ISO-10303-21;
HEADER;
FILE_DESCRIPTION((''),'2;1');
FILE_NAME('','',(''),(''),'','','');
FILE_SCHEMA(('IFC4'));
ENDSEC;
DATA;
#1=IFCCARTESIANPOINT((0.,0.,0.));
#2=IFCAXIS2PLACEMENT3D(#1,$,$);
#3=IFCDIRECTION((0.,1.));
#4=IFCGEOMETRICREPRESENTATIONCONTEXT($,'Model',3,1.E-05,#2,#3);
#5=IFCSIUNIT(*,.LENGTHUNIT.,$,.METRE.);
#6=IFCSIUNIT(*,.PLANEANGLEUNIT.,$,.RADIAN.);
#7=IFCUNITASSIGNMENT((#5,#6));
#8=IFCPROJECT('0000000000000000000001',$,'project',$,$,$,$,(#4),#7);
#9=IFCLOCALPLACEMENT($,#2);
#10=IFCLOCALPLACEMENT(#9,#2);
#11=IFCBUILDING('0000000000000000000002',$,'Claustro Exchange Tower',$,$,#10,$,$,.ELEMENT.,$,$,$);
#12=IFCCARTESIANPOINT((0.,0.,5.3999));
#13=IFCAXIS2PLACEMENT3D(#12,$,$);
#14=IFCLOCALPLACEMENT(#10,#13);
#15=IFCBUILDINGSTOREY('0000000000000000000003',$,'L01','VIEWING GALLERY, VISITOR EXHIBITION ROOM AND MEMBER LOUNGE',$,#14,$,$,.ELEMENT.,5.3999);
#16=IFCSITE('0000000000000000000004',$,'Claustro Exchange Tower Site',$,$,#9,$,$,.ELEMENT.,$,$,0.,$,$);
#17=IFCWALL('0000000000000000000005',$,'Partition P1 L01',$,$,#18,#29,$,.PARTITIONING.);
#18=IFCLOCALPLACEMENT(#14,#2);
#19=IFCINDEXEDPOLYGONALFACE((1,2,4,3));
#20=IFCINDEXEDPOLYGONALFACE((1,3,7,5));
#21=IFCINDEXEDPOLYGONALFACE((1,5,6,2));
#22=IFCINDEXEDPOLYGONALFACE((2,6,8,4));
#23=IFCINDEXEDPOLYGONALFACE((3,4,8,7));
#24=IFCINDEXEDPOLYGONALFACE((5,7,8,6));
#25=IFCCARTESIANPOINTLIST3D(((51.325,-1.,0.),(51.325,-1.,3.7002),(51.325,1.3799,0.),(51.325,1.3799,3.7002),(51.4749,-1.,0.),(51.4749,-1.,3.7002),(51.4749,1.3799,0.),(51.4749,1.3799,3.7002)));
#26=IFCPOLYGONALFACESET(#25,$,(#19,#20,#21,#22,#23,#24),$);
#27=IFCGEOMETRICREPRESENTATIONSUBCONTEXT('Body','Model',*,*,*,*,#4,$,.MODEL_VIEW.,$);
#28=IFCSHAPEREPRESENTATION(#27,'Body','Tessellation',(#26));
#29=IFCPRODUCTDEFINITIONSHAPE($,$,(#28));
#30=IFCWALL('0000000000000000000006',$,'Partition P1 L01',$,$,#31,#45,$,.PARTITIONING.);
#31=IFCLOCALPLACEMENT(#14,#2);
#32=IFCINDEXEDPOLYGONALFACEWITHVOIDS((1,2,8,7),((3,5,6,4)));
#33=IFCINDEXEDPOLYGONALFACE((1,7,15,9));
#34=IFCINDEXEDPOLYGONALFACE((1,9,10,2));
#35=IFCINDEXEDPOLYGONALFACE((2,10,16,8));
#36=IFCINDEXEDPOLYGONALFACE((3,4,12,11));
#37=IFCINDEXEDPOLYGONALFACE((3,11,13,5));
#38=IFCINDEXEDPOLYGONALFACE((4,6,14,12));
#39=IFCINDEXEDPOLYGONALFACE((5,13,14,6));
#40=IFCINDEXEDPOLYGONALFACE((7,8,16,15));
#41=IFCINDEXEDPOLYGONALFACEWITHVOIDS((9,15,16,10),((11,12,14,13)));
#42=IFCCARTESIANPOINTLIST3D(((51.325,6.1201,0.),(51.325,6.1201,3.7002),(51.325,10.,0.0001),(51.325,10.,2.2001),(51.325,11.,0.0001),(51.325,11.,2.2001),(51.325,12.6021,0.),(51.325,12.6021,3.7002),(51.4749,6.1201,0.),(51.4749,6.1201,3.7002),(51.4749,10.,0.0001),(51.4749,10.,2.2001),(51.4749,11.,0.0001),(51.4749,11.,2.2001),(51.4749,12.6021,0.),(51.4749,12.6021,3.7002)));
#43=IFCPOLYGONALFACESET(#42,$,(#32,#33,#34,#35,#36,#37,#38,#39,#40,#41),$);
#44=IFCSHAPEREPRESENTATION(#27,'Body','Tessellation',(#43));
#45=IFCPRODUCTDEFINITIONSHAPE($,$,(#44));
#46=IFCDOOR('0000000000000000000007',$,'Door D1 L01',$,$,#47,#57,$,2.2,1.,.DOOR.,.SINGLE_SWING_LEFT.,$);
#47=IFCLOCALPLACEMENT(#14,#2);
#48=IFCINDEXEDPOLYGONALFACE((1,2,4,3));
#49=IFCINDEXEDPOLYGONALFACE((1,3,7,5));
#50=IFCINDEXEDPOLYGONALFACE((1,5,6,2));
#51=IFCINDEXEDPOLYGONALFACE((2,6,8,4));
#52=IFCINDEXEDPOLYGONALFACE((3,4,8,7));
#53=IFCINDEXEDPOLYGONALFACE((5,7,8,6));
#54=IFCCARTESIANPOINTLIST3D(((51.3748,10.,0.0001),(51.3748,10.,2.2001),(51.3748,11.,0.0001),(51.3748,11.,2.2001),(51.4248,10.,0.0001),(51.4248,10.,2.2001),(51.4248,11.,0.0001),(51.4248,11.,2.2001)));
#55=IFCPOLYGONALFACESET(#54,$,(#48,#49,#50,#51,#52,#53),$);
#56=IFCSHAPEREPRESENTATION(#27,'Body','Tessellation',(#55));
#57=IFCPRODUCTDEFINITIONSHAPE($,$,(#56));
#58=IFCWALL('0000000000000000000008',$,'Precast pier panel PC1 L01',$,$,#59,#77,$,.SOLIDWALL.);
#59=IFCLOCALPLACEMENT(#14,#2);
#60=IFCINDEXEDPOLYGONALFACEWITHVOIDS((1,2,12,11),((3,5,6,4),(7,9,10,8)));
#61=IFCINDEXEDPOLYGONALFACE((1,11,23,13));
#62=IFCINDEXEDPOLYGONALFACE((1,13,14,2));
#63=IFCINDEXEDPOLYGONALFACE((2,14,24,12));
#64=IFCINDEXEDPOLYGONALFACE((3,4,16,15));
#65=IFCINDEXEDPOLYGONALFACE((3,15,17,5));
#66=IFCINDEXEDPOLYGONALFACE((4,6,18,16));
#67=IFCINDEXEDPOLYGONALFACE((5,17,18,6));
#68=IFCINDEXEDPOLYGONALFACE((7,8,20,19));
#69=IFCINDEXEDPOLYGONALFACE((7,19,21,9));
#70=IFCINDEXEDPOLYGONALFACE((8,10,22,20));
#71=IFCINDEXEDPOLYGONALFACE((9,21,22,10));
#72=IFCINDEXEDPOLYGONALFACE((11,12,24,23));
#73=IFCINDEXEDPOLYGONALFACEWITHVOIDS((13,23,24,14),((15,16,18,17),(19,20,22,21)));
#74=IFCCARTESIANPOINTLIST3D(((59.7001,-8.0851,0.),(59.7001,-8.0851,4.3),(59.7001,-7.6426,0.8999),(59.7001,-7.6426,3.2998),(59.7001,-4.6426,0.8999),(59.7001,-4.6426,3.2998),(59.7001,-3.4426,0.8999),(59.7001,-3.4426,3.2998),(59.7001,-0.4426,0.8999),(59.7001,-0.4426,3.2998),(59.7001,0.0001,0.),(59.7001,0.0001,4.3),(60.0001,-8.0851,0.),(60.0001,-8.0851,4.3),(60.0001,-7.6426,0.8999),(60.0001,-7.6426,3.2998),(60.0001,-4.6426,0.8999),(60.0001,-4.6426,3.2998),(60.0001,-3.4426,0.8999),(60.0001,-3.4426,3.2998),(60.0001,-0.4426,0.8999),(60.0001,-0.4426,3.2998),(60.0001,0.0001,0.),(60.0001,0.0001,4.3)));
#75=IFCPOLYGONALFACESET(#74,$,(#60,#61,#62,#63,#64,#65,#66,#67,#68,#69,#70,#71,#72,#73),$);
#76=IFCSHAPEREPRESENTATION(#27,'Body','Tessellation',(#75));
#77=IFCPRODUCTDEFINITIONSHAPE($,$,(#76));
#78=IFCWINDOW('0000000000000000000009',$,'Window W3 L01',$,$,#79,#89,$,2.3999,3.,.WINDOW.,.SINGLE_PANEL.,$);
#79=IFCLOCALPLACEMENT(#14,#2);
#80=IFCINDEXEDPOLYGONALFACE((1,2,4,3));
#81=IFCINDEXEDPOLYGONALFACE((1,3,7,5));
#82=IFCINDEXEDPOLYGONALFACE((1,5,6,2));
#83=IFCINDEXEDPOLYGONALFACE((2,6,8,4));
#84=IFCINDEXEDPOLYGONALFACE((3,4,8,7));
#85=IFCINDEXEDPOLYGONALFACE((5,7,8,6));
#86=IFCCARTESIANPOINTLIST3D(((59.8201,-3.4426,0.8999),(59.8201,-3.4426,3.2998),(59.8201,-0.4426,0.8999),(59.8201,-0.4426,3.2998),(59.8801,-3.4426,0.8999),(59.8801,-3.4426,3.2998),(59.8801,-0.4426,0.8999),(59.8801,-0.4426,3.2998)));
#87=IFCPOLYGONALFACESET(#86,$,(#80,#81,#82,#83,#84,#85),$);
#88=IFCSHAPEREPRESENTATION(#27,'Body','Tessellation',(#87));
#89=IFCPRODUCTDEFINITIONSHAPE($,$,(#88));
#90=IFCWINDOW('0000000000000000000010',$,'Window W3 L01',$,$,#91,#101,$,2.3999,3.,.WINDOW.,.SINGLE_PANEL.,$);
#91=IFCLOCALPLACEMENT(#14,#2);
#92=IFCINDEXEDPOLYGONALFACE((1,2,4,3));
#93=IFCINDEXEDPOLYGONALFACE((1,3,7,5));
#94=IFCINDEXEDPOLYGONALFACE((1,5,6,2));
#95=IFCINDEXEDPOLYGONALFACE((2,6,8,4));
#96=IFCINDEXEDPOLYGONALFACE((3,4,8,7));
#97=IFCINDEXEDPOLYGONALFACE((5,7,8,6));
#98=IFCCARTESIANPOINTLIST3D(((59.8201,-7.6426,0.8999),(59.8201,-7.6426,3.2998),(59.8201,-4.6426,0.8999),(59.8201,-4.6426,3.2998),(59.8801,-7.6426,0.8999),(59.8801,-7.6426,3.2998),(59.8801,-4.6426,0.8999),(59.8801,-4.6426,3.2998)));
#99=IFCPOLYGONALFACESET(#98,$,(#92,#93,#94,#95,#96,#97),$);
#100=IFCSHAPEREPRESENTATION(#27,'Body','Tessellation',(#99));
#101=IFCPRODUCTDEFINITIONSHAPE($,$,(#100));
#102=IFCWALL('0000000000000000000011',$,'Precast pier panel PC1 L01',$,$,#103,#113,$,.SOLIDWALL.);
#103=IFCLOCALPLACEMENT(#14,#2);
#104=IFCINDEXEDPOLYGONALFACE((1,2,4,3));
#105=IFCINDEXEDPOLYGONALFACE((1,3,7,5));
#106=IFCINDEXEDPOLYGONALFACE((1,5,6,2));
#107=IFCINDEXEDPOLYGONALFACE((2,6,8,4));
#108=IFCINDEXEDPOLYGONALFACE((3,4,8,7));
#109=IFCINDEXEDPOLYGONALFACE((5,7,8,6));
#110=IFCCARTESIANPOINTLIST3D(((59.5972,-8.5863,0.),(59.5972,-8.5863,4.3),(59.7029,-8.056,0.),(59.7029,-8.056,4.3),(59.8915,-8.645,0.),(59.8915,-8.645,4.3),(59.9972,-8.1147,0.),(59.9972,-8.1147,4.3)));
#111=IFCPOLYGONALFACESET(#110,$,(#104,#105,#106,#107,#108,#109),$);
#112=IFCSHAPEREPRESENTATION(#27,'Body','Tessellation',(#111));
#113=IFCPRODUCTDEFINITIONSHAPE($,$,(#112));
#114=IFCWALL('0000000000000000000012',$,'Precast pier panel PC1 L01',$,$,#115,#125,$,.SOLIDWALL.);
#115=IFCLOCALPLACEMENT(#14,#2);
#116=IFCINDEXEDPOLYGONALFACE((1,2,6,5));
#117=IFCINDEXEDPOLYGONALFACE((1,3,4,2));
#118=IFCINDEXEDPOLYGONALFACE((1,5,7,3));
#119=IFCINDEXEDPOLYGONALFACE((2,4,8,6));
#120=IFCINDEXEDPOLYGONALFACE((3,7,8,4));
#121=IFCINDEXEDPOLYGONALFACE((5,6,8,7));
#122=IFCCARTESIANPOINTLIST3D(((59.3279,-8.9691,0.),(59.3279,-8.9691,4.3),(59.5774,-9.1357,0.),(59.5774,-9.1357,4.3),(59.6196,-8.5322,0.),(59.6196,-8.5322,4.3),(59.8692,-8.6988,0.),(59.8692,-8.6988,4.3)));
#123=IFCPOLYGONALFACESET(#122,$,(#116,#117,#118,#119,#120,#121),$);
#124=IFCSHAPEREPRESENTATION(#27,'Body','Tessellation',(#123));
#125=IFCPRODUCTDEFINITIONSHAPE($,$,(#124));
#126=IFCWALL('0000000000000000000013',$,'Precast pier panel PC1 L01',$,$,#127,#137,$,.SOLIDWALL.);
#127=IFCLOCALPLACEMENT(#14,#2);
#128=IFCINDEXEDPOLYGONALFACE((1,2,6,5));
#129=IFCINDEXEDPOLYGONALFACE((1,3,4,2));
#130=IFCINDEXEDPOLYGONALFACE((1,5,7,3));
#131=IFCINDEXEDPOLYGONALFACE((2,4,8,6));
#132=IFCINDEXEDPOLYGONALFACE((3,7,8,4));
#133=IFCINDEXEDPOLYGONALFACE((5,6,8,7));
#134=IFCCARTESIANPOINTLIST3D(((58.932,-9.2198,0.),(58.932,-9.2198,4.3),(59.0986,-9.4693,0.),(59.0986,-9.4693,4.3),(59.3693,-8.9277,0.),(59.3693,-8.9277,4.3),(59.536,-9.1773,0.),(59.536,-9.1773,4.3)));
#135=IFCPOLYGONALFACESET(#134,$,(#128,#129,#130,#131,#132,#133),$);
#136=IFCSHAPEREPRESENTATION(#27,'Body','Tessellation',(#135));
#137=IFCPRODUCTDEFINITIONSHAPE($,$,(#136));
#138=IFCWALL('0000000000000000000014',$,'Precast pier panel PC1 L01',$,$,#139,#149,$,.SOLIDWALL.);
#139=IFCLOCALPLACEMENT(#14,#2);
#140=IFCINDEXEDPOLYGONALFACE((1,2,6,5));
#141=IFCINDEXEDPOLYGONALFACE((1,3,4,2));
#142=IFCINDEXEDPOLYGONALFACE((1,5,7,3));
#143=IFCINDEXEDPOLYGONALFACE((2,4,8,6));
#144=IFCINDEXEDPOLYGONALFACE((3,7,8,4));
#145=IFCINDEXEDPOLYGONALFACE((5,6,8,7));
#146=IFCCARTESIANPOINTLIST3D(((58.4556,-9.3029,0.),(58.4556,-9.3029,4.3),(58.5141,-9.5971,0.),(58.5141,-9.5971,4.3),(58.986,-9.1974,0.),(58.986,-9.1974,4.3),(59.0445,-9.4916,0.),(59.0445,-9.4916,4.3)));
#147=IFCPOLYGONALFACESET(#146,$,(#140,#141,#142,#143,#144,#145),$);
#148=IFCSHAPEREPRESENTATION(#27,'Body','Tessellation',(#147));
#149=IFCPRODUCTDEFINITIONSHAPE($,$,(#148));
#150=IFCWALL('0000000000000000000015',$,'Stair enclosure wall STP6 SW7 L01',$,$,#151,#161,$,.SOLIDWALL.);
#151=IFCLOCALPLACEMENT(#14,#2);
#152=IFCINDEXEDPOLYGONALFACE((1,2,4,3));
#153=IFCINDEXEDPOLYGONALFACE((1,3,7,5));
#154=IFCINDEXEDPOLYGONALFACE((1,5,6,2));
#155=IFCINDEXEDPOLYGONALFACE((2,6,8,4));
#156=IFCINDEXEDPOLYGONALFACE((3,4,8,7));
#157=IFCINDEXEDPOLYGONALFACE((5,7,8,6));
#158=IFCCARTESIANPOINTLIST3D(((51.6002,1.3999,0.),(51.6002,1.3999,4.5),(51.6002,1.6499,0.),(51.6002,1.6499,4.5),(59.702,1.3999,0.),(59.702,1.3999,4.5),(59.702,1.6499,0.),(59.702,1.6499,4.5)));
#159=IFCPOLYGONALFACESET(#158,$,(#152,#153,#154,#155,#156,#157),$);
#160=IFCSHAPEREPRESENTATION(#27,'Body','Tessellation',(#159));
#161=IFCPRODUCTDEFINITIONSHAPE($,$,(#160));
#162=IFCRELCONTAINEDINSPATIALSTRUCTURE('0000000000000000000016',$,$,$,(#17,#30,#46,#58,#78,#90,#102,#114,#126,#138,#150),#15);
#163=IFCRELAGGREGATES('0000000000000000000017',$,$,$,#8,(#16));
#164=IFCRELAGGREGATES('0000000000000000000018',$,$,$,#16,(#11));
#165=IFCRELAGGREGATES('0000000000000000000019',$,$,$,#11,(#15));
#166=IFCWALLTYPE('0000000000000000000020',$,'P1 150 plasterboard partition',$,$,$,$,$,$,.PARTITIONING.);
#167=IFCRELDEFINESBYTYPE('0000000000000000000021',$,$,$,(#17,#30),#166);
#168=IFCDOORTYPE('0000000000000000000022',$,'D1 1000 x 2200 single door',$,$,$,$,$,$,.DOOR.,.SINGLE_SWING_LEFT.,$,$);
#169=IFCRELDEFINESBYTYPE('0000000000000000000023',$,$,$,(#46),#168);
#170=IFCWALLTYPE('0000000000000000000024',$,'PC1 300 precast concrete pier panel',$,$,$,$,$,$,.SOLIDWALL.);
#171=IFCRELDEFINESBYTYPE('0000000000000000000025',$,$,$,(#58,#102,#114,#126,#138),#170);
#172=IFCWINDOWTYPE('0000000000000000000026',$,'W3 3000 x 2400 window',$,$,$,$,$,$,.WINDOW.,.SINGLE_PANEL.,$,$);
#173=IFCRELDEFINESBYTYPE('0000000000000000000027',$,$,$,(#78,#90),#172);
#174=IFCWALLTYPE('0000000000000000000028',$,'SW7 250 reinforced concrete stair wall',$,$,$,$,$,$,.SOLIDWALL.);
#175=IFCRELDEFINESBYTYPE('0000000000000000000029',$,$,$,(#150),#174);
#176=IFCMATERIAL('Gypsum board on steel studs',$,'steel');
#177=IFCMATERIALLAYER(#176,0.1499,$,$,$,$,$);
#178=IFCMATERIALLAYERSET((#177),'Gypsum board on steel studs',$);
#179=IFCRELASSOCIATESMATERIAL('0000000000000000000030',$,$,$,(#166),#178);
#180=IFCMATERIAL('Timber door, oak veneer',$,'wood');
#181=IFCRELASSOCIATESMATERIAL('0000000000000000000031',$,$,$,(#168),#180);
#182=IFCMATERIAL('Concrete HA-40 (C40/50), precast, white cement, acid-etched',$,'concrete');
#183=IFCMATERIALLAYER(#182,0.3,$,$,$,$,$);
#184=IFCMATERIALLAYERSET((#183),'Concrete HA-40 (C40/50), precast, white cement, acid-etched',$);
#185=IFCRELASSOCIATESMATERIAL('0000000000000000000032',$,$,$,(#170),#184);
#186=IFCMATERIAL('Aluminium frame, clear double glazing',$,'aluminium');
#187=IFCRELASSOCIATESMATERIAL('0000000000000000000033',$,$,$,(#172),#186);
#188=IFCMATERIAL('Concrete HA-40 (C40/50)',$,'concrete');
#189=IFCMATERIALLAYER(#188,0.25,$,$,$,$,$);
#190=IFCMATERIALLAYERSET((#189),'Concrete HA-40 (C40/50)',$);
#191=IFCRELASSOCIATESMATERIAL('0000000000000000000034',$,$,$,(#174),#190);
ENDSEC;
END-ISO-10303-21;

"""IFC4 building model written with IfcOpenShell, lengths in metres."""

from ifc_helpers import new_model, si_unit, direction, frame, frame_2d, origin, place, context, subcontext, project, spatial, rectangle, extrude, material, layer, layer_set, type_object, element, fill, save


model = new_model("IFC4")

# Units and contexts
model_context = context("Model", 3, precision=1e-05, world=origin(), true_north=direction((0.0, 1.0)))
body_context = subcontext(model_context, "Body", "Model", "MODEL_VIEW")
ifc_project = project(units=[si_unit("LENGTHUNIT", "METRE"), si_unit("PLANEANGLEUNIT", "RADIAN")], contexts=[model_context])

# Site, building, storey
site_placement = place(None, origin())
site = spatial("IfcSite", under=ifc_project, at=site_placement, Name="Claustro Exchange Tower Site", CompositionType="ELEMENT", RefElevation=0.0)
building_placement = place(site_placement, origin())
building = spatial("IfcBuilding", under=site, at=building_placement, Name="Claustro Exchange Tower", CompositionType="ELEMENT")
storey_placement = place(building_placement, frame((0.0, 0.0, 5.3999)))
storey = spatial("IfcBuildingStorey", under=building, at=storey_placement, Name="L01", Description="VIEWING GALLERY, VISITOR EXHIBITION ROOM AND MEMBER LOUNGE", CompositionType="ELEMENT", Elevation=5.3999)

# Shared definitions
ifc_material_1 = material(Name="Gypsum board on steel studs", Category="steel")
ifc_layer_1 = layer(ifc_material_1, 0.1499)
ifc_layer_set_1 = layer_set([ifc_layer_1], Name="Gypsum board on steel studs")
wall_type_1 = type_object("IfcWallType", Name="P1 150 plasterboard partition", PredefinedType="PARTITIONING", material=ifc_layer_set_1)
ifc_material_2 = material(Name="Timber door, oak veneer", Category="wood")
door_type_1 = type_object("IfcDoorType", Name="D1 1000 x 2200 single door", OperationType="SINGLE_SWING_LEFT", PredefinedType="DOOR", material=ifc_material_2)

# Wall
wall_1_placement = place(storey_placement, frame((51.3999, -1.0, 0.0), z_axis=(0.0, 0.0, 1.0), x_axis=(0.0, 1.0, 0.0)))
element("IfcWall", 1, at=wall_1_placement, inside=storey, type_object=wall_type_1, Name="Partition P1 L01", PredefinedType="PARTITIONING", context=body_context, shape_type="SweptSolid", body=[
    extrude(rectangle(XDim=2.3799, YDim=0.1499, at=frame_2d((1.1899, 0.0))), origin(), (0.0, 0.0, 1.0), 3.7002),
])

# Wall, opening, door
wall_2_placement = place(storey_placement, frame((51.3999, 6.1201, 0.0), z_axis=(0.0, 0.0, 1.0), x_axis=(0.0, 1.0, 0.0)))
wall_2 = element("IfcWall", 2, at=wall_2_placement, inside=storey, type_object=wall_type_1, Name="Partition P1 L01", PredefinedType="PARTITIONING", context=body_context, shape_type="SweptSolid", body=[
    extrude(rectangle(XDim=6.4819, YDim=0.1499, at=frame_2d((3.241, 0.0))), origin(), (0.0, 0.0, 1.0), 3.7002),
])
opening_1_placement = place(wall_2_placement, frame((3.8799, 0.0, 0.0)))
opening_1 = element("IfcOpeningElement", 3, at=opening_1_placement, cuts=wall_2, PredefinedType="OPENING", context=body_context, shape_type="SweptSolid", body=[
    extrude(rectangle(XDim=1.0, YDim=2.2, at=frame_2d((0.5, 1.1001))), frame((0.0, 0.085, 0.0), z_axis=(0.0, -1.0, 0.0), x_axis=(1.0, 0.0, 0.0)), (0.0, 0.0, 1.0), 0.1699),
])
door_1_placement = place(opening_1_placement, frame((1.0, 0.0, 0.0), z_axis=(0.0, 0.0, 1.0), x_axis=(-1.0, 0.0, 0.0)))
door_1 = element("IfcDoor", 4, at=door_1_placement, inside=storey, type_object=door_type_1, Name="Door D1 L01", OperationType="SINGLE_SWING_LEFT", OverallHeight=2.2, OverallWidth=1.0, PredefinedType="DOOR", context=body_context, shape_type="SweptSolid", body=[
    extrude(rectangle(XDim=1.0, YDim=2.2, at=frame_2d((0.5, 1.1001))), frame((0.0, 0.0249, 0.0), z_axis=(0.0, -1.0, 0.0), x_axis=(1.0, 0.0, 0.0)), (0.0, 0.0, 1.0), 0.05),
])
fill(opening_1, door_1)

# Wall, openings, windows
ifc_material_3 = material(Name="Concrete HA-40 (C40/50), precast, white cement, acid-etched", Category="concrete")
ifc_layer_2 = layer(ifc_material_3, 0.3)
ifc_layer_set_2 = layer_set([ifc_layer_2], Name="Concrete HA-40 (C40/50), precast, white cement, acid-etched")
wall_type_2 = type_object("IfcWallType", Name="PC1 300 precast concrete pier panel", PredefinedType="SOLIDWALL", material=ifc_layer_set_2)
wall_3_placement = place(storey_placement, frame((59.8501, 0.0, 0.0), z_axis=(0.0, 0.0, 1.0), x_axis=(0.0, -1.0, 0.0)))
wall_3 = element("IfcWall", 5, at=wall_3_placement, inside=storey, type_object=wall_type_2, Name="Precast pier panel PC1 L01", PredefinedType="SOLIDWALL", context=body_context, shape_type="SweptSolid", body=[
    extrude(rectangle(XDim=8.0852, YDim=0.3, at=frame_2d((4.0425, 0.0))), origin(), (0.0, 0.0, 1.0), 4.3),
])
opening_2_placement = place(wall_3_placement, frame((0.4426, 0.0, 0.8999)))
opening_2 = element("IfcOpeningElement", 6, at=opening_2_placement, cuts=wall_3, PredefinedType="OPENING", context=body_context, shape_type="SweptSolid", body=[
    extrude(rectangle(XDim=3.0, YDim=2.3999, at=frame_2d((1.5, 1.2))), frame((0.0, 0.1599, 0.0), z_axis=(0.0, -1.0, 0.0), x_axis=(1.0, 0.0, 0.0)), (0.0, 0.0, 1.0), 0.3201),
])
opening_3_placement = place(wall_3_placement, frame((4.6426, 0.0, 0.8999)))
opening_3 = element("IfcOpeningElement", 7, at=opening_3_placement, cuts=wall_3, PredefinedType="OPENING", context=body_context, shape_type="SweptSolid", body=[
    extrude(rectangle(XDim=3.0, YDim=2.3999, at=frame_2d((1.5, 1.2))), frame((0.0, 0.1599, 0.0), z_axis=(0.0, -1.0, 0.0), x_axis=(1.0, 0.0, 0.0)), (0.0, 0.0, 1.0), 0.3201),
])
ifc_material_4 = material(Name="Aluminium frame, clear double glazing", Category="aluminium")
window_type = type_object("IfcWindowType", Name="W3 3000 x 2400 window", PartitioningType="SINGLE_PANEL", PredefinedType="WINDOW", material=ifc_material_4)
window_1_placement = place(opening_2_placement, origin())
window_1 = element("IfcWindow", 8, at=window_1_placement, inside=storey, type_object=window_type, Name="Window W3 L01", OverallHeight=2.3999, OverallWidth=3.0, PartitioningType="SINGLE_PANEL", PredefinedType="WINDOW", context=body_context, shape_type="SweptSolid", body=[
    extrude(rectangle(XDim=3.0, YDim=2.3999, at=frame_2d((1.5, 1.2))), frame((0.0, 0.03, 0.0), z_axis=(0.0, -1.0, 0.0), x_axis=(1.0, 0.0, 0.0)), (0.0, 0.0, 1.0), 0.0601),
])
fill(opening_2, window_1)
window_2_placement = place(opening_3_placement, origin())
window_2 = element("IfcWindow", 9, at=window_2_placement, inside=storey, type_object=window_type, Name="Window W3 L01", OverallHeight=2.3999, OverallWidth=3.0, PartitioningType="SINGLE_PANEL", PredefinedType="WINDOW", context=body_context, shape_type="SweptSolid", body=[
    extrude(rectangle(XDim=3.0, YDim=2.3999, at=frame_2d((1.5, 1.2))), frame((0.0, 0.03, 0.0), z_axis=(0.0, -1.0, 0.0), x_axis=(1.0, 0.0, 0.0)), (0.0, 0.0, 1.0), 0.0601),
])
fill(opening_3, window_2)

# Walls
wall_4_placement = place(storey_placement, frame((59.8501, -8.0852, 0.0), z_axis=(0.0, 0.0, 1.0), x_axis=(-0.195508, -0.980702, 0.0)))
element("IfcWall", 10, at=wall_4_placement, inside=storey, type_object=wall_type_2, Name="Precast pier panel PC1 L01", PredefinedType="SOLIDWALL", context=body_context, shape_type="SweptSolid", body=[
    extrude(rectangle(XDim=0.5408, YDim=0.3, at=frame_2d((0.2705, 0.0))), origin(), (0.0, 0.0, 1.0), 4.3),
])
wall_5_placement = place(storey_placement, frame((59.7444, -8.6155, 0.0), z_axis=(0.0, 0.0, 1.0), x_axis=(-0.555236, -0.831693, 0.0)))
element("IfcWall", 11, at=wall_5_placement, inside=storey, type_object=wall_type_2, Name="Precast pier panel PC1 L01", PredefinedType="SOLIDWALL", context=body_context, shape_type="SweptSolid", body=[
    extrude(rectangle(XDim=0.5254, YDim=0.3, at=frame_2d((0.2627, 0.0))), origin(), (0.0, 0.0, 1.0), 4.3),
])
wall_6_placement = place(storey_placement, frame((59.4526, -9.0525, 0.0), z_axis=(0.0, 0.0, 1.0), x_axis=(-0.831621, -0.555343, 0.0)))
element("IfcWall", 12, at=wall_6_placement, inside=storey, type_object=wall_type_2, Name="Precast pier panel PC1 L01", PredefinedType="SOLIDWALL", context=body_context, shape_type="SweptSolid", body=[
    extrude(rectangle(XDim=0.5259, YDim=0.3, at=frame_2d((0.2629, 0.0))), origin(), (0.0, 0.0, 1.0), 4.3),
])
wall_7_placement = place(storey_placement, frame((59.0154, -9.3445, 0.0), z_axis=(0.0, 0.0, 1.0), x_axis=(-0.980789, -0.195074, 0.0)))
element("IfcWall", 13, at=wall_7_placement, inside=storey, type_object=wall_type_2, Name="Precast pier panel PC1 L01", PredefinedType="SOLIDWALL", context=body_context, shape_type="SweptSolid", body=[
    extrude(rectangle(XDim=0.5408, YDim=0.3, at=frame_2d((0.2705, 0.0))), origin(), (0.0, 0.0, 1.0), 4.3),
])
ifc_material_5 = material(Name="Concrete HA-40 (C40/50)", Category="concrete")
ifc_layer_3 = layer(ifc_material_5, 0.25)
ifc_layer_set_3 = layer_set([ifc_layer_3], Name="Concrete HA-40 (C40/50)")
wall_type_3 = type_object("IfcWallType", Name="SW7 250 reinforced concrete stair wall", PredefinedType="SOLIDWALL", material=ifc_layer_set_3)
wall_8_placement = place(storey_placement, frame((59.7019, 1.5249, 0.0), z_axis=(0.0, 0.0, 1.0), x_axis=(-1.0, 0.0, 0.0)))
element("IfcWall", 14, at=wall_8_placement, inside=storey, type_object=wall_type_3, Name="Stair enclosure wall STP6 SW7 L01", PredefinedType="SOLIDWALL", context=body_context, shape_type="SweptSolid", body=[
    extrude(rectangle(XDim=8.1018, YDim=0.25, at=frame_2d((4.0508, 0.0))), origin(), (0.0, 0.0, 1.0), 4.5),
])

save(model, "model.ifc")
